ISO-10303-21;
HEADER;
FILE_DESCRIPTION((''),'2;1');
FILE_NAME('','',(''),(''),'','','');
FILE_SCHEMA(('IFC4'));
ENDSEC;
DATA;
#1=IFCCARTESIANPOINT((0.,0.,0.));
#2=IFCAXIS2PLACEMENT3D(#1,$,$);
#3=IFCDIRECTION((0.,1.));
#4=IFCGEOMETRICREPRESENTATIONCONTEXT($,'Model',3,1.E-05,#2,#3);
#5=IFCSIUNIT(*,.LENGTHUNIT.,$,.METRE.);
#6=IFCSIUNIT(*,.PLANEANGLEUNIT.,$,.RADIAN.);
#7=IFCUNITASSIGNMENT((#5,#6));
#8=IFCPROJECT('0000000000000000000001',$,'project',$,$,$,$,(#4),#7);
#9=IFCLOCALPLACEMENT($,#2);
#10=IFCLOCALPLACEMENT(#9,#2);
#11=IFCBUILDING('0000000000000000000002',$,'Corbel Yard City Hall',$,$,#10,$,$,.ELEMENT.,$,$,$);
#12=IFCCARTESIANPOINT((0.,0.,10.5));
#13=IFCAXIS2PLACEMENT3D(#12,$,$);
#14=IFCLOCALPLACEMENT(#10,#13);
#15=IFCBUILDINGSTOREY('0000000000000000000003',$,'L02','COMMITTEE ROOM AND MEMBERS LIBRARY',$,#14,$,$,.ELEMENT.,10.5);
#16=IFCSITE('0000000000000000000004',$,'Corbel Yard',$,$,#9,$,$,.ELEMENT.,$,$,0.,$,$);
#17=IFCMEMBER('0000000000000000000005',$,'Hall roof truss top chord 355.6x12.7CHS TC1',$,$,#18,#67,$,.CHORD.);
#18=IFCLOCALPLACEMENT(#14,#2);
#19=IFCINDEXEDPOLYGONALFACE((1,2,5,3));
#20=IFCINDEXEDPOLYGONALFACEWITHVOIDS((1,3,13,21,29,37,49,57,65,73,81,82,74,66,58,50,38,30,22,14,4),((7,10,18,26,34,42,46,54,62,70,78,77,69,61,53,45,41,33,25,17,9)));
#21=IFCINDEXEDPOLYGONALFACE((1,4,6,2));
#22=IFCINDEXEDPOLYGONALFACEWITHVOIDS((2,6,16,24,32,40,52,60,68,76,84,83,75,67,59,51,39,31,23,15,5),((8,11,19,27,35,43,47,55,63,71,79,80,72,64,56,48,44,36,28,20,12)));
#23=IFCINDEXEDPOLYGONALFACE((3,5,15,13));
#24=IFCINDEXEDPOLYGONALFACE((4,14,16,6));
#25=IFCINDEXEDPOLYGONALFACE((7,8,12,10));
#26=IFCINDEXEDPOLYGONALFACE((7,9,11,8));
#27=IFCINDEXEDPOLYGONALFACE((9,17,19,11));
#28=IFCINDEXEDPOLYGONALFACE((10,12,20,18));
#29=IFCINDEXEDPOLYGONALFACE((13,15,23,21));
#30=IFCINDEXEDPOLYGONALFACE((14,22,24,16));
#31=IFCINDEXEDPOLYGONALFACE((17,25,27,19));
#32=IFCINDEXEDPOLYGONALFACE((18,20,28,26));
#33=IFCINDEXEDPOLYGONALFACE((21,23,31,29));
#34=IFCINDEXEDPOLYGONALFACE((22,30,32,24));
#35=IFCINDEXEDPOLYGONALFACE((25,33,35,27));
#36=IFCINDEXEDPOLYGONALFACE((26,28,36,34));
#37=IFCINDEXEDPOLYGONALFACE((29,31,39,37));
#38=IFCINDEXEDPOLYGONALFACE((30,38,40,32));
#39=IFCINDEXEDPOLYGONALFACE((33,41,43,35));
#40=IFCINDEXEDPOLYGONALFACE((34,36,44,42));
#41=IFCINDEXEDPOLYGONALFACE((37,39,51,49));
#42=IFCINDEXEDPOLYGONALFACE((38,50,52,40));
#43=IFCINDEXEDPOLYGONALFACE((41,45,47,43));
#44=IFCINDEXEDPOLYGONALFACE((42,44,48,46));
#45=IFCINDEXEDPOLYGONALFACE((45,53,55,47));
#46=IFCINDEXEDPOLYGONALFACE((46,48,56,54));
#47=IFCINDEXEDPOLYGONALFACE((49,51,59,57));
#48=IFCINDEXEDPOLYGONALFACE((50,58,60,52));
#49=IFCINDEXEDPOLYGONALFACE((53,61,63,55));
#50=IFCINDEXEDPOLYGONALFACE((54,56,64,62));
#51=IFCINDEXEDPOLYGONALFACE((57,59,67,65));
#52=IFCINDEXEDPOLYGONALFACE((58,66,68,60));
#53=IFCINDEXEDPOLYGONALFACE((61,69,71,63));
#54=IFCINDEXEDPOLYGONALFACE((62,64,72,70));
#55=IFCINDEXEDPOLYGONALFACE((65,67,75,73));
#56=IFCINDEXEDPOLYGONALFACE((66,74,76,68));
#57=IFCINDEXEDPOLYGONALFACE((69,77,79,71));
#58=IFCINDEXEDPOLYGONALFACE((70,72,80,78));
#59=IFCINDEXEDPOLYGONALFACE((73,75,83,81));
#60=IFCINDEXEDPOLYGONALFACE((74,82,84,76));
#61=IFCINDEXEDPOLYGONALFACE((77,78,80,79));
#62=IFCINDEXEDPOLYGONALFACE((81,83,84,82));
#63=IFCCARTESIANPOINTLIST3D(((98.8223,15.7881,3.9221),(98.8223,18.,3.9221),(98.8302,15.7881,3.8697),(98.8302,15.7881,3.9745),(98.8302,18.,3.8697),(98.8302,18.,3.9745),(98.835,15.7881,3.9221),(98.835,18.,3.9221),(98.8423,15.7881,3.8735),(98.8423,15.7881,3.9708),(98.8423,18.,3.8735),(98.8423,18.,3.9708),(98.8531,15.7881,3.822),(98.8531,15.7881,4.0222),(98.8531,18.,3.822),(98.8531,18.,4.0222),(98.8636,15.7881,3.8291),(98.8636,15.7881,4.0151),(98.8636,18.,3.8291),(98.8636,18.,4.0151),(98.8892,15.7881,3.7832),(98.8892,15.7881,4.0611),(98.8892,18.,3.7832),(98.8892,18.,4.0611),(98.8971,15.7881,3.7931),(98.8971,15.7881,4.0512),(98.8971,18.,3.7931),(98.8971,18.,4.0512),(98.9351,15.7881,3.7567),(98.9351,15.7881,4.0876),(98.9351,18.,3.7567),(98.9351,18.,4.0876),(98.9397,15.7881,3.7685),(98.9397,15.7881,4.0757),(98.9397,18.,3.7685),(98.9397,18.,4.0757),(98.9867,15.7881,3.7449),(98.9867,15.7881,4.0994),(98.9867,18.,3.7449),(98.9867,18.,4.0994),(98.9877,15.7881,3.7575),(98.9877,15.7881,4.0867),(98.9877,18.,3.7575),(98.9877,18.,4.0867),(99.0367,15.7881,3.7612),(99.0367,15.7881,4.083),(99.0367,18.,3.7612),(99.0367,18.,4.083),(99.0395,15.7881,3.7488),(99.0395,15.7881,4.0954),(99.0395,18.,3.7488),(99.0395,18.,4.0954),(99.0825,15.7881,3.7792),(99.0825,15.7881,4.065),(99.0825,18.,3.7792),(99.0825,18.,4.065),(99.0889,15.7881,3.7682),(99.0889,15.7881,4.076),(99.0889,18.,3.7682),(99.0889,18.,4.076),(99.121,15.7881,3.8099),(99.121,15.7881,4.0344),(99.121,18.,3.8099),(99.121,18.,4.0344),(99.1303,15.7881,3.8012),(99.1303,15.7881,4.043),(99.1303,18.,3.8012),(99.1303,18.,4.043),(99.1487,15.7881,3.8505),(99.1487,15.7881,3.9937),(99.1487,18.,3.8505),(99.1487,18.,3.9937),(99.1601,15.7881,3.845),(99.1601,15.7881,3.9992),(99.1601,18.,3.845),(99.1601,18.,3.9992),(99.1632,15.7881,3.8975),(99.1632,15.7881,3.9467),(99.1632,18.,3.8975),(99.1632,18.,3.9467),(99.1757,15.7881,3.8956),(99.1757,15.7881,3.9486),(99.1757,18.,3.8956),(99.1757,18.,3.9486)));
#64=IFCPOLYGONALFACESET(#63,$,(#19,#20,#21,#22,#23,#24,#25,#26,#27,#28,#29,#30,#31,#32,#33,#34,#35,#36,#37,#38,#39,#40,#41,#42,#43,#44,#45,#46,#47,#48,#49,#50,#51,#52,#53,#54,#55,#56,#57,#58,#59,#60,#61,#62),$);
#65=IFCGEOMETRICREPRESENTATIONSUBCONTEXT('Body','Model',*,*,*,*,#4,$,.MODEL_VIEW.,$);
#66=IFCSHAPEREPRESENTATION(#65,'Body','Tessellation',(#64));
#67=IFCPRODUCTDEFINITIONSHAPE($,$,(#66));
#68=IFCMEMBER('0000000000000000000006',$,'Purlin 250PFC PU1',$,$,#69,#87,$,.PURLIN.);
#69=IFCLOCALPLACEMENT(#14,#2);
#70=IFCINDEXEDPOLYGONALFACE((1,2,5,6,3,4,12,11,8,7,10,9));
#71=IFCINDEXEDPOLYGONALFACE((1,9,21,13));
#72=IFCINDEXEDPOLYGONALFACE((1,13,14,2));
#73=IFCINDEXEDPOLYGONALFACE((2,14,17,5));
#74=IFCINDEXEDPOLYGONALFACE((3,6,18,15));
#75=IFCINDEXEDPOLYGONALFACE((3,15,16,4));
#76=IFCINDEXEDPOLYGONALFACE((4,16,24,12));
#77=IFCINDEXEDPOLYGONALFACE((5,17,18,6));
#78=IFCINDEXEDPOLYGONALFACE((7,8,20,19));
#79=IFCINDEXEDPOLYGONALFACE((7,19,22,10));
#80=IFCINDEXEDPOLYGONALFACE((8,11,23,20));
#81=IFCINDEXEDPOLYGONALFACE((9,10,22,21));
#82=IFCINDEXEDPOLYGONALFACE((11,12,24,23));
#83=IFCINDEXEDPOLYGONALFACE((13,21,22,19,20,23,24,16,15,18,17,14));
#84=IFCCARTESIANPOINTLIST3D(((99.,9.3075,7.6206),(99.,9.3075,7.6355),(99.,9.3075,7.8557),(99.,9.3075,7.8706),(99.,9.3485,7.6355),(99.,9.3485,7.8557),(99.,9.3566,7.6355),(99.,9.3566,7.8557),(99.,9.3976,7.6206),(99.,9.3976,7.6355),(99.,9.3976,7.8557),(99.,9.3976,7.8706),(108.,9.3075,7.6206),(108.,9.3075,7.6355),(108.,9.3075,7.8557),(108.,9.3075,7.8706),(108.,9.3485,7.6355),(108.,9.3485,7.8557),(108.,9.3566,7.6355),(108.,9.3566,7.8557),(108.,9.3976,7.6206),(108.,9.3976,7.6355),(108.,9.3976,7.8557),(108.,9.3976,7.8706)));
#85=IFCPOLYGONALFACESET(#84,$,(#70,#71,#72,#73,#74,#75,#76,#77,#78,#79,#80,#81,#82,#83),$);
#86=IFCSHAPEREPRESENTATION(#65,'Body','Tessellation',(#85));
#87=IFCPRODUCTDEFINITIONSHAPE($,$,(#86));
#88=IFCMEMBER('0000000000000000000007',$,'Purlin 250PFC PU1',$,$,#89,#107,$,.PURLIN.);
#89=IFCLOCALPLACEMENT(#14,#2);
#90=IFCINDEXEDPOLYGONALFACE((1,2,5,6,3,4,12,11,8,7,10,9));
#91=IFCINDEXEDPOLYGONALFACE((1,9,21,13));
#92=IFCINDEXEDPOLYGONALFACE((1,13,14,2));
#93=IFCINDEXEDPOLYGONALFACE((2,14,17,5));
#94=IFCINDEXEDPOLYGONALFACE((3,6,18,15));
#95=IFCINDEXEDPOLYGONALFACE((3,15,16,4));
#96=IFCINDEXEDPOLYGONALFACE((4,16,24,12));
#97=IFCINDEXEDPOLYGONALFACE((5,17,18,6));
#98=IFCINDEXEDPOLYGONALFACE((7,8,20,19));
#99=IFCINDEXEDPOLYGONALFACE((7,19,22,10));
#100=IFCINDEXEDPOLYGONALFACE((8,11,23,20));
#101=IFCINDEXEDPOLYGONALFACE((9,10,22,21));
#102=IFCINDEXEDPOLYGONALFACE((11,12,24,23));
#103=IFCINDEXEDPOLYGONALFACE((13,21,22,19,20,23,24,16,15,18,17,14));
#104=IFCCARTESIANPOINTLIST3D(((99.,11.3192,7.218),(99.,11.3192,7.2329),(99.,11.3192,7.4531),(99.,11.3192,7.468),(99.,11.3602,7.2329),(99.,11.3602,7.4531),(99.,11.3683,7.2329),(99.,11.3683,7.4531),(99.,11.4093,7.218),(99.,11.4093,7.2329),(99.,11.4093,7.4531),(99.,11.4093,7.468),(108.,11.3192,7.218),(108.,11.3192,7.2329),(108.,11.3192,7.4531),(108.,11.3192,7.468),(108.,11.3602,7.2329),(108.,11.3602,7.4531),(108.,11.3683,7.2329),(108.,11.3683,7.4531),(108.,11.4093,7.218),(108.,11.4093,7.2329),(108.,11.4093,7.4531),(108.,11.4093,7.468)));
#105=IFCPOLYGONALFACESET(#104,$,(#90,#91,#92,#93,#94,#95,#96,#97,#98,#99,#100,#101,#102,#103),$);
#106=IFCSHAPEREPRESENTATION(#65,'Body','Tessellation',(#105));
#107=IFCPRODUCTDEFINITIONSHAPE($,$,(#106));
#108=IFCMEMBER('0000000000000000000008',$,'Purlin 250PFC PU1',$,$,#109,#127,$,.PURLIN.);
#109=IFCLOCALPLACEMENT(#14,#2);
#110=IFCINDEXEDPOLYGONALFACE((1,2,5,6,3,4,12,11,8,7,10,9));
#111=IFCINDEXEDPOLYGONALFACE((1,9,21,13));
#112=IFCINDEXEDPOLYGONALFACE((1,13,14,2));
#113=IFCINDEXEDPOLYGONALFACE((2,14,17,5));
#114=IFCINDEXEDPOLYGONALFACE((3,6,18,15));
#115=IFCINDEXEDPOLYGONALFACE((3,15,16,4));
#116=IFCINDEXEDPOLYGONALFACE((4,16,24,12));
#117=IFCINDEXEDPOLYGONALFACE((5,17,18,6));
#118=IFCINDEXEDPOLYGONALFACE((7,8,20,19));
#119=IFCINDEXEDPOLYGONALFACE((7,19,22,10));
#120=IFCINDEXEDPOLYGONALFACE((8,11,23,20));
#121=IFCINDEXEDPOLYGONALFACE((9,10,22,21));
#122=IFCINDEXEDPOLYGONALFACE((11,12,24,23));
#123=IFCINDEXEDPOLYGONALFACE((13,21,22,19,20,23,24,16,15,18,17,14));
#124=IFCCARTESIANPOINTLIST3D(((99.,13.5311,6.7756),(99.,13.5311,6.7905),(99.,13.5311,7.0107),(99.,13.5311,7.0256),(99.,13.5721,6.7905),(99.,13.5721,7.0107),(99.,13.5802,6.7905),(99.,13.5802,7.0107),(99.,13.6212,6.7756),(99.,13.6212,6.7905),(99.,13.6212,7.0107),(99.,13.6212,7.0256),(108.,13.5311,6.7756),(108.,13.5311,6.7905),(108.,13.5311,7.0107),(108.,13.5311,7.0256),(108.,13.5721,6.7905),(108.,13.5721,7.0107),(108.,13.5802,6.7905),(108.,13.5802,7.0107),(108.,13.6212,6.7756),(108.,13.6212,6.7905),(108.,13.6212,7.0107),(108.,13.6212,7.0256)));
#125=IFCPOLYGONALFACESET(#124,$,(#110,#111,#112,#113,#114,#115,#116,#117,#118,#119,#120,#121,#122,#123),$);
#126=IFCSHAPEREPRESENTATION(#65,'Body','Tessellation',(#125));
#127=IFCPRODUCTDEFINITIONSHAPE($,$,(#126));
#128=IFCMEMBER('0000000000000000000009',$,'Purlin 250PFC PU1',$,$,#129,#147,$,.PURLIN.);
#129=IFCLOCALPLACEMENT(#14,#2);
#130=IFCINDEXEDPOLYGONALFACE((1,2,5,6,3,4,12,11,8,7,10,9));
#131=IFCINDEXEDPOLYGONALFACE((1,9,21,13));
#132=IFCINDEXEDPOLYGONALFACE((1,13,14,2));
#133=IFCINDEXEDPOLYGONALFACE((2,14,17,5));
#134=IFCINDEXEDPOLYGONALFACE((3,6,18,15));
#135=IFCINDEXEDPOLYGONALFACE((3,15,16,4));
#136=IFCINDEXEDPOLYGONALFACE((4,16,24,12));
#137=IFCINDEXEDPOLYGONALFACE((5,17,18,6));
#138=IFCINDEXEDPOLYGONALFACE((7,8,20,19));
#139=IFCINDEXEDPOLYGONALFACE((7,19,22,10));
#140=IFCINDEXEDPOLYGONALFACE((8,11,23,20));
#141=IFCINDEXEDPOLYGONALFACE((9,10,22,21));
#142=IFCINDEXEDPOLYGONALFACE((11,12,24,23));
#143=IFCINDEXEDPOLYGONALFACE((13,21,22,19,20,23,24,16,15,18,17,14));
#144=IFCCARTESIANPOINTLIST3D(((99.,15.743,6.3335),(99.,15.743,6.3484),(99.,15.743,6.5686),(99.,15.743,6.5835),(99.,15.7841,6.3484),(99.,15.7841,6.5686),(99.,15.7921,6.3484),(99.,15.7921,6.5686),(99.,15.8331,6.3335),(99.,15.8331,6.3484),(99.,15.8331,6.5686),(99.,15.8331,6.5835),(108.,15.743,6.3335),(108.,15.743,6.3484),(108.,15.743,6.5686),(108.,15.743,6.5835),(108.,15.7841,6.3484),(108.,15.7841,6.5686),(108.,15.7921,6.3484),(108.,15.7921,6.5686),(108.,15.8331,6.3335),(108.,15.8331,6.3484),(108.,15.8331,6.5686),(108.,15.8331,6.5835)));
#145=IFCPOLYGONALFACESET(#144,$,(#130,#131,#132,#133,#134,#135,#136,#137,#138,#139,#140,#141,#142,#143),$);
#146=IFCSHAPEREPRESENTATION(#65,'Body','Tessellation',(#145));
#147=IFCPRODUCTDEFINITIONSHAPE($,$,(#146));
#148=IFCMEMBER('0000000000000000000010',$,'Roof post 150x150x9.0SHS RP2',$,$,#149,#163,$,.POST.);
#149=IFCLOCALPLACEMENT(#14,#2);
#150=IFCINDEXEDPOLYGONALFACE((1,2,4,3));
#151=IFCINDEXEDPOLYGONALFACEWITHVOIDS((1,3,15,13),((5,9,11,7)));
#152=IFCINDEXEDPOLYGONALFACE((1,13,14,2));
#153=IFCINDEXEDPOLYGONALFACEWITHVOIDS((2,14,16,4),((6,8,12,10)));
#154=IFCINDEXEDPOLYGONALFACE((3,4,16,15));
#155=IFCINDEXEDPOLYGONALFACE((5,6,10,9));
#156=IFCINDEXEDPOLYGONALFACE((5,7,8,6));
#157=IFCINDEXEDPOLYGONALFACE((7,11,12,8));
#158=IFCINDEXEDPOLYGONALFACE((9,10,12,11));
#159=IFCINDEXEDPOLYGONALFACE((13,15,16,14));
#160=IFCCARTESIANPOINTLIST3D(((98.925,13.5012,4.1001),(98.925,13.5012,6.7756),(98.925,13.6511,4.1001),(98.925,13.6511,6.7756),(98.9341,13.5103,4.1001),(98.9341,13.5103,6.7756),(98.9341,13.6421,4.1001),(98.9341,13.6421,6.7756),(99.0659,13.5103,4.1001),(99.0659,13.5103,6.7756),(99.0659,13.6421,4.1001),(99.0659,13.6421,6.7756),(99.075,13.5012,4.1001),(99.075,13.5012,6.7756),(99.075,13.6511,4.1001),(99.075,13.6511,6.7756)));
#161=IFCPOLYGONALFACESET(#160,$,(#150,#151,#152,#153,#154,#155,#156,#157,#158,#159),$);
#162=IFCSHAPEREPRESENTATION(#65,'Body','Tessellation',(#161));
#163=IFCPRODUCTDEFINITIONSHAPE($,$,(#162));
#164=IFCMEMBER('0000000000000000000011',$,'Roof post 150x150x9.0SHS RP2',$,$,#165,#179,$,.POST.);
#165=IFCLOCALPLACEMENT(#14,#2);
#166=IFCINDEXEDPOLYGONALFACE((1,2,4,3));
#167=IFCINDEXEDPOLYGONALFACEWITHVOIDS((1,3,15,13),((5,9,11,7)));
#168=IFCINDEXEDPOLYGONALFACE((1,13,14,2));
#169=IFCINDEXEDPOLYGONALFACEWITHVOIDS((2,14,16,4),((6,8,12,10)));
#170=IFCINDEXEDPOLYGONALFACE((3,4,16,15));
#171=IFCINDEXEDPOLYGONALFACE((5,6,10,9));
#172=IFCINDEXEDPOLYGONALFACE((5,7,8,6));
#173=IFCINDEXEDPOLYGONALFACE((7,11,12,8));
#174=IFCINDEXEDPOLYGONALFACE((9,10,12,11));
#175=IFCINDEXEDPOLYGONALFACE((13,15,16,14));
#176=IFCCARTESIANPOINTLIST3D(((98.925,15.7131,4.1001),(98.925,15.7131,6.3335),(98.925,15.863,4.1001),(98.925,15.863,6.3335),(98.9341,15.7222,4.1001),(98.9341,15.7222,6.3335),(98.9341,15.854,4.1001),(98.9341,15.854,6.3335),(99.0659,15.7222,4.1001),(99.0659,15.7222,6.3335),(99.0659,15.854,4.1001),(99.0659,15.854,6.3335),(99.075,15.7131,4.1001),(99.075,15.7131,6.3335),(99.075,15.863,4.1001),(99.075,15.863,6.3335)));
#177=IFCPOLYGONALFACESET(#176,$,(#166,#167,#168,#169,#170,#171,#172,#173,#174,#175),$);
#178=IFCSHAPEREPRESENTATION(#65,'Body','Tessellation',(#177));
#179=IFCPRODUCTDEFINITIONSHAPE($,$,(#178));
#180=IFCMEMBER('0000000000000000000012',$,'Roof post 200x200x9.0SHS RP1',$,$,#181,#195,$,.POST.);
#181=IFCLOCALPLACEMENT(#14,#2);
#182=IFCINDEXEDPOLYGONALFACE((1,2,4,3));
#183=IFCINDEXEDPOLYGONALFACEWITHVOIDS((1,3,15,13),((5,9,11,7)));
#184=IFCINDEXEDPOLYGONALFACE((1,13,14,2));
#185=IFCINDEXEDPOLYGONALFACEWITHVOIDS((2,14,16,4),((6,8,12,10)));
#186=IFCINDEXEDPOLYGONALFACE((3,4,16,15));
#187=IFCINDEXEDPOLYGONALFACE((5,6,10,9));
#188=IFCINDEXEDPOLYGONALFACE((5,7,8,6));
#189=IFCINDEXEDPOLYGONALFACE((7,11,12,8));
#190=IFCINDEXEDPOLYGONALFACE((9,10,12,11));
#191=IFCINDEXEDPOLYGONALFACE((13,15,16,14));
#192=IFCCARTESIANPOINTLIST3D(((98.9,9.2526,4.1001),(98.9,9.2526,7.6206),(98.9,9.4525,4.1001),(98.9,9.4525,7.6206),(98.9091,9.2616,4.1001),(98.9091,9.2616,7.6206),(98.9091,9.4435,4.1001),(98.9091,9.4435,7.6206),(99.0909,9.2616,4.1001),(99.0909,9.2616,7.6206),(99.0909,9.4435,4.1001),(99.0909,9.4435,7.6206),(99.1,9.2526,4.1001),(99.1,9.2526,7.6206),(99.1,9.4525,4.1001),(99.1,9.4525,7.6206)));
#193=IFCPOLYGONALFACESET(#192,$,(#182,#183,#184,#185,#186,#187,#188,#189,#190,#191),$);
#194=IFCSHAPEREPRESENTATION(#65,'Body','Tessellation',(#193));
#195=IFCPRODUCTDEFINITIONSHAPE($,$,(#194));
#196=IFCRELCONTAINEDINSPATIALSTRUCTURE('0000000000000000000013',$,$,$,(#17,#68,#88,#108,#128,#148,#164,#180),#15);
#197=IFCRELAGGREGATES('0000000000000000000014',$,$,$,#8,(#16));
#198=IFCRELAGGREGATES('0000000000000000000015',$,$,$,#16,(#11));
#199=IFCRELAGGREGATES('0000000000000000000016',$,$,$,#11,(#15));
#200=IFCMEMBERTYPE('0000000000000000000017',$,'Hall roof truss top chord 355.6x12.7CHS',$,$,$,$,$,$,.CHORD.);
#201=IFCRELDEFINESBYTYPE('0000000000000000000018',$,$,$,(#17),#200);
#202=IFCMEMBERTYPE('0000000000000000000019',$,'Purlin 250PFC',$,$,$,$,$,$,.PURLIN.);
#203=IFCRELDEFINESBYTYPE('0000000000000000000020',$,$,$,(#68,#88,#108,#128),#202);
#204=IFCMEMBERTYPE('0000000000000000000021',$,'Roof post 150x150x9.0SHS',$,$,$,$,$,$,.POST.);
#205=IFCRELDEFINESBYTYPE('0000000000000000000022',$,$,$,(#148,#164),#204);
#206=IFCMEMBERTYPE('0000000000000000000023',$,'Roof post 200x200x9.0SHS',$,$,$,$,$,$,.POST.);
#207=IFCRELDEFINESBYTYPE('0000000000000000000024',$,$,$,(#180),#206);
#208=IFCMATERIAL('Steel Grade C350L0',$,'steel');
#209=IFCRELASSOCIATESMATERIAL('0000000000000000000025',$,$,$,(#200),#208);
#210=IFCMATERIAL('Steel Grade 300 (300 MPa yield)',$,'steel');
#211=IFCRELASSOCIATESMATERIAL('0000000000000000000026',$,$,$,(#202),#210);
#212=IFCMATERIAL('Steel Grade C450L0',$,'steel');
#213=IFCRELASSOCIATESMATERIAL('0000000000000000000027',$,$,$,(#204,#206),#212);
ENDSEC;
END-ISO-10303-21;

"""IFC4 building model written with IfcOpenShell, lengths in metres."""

from ifc_helpers import new_model, si_unit, direction, frame, origin, origin_2d, place, context, subcontext, project, spatial, hollow_rectangle, hollow_circle, i_section, extrude, material, material_profile, profile_set, type_object, element, save


model = new_model("IFC4")

# Units and contexts
model_context = context("Model", 3, precision=1e-05, world=origin(), true_north=direction((0.0, 1.0)))
body_context = subcontext(model_context, "Body", "Model", "MODEL_VIEW")
ifc_project = project(units=[si_unit("LENGTHUNIT", "METRE"), si_unit("PLANEANGLEUNIT", "RADIAN")], contexts=[model_context])

# Site, building, storey
site_placement = place(None, origin())
site = spatial("IfcSite", under=ifc_project, at=site_placement, Name="Corbel Yard", CompositionType="ELEMENT", RefElevation=0.0)
building_placement = place(site_placement, origin())
building = spatial("IfcBuilding", under=site, at=building_placement, Name="Corbel Yard City Hall", CompositionType="ELEMENT")
storey_placement = place(building_placement, frame((0.0, 0.0, 10.5)))
storey = spatial("IfcBuildingStorey", under=building, at=storey_placement, Name="L02", Description="COMMITTEE ROOM AND MEMBERS LIBRARY", CompositionType="ELEMENT", Elevation=10.5)

# Shared definitions
ifc_material_1 = material(Name="Steel Grade 300 (300 MPa yield)", Category="steel")

# Shared definitions
ifc_material_2 = material(Name="Steel Grade C350L0", Category="steel")

# Members
ifc_material_profile_1 = material_profile(ifc_material_2, hollow_circle(Radius=0.1777, WallThickness=0.0127, at=origin_2d()), Name="355.6x12.7CHS")
ifc_profile_set_1 = profile_set([ifc_material_profile_1], Name="Steel Grade C350L0")
member_type_1 = type_object("IfcMemberType", Name="Hall roof truss top chord 355.6x12.7CHS", PredefinedType="CHORD", material=ifc_profile_set_1)
for number, where, z_axis, x_axis, name in (
    (1, (99.0, 15.7881, 3.9221), (0.0, 1.0, 0.0), (-1.0, 0.0, 0.0), "Hall roof truss top chord 355.6x12.7CHS TC1"),
):
    element("IfcMember", number, at=place(storey_placement, frame(where, z_axis=z_axis, x_axis=x_axis)), inside=storey, type_object=member_type_1, Name=name, PredefinedType="CHORD", context=body_context, shape_type="SweptSolid", body=[
        extrude(hollow_circle(Radius=0.1777, WallThickness=0.0127, at=origin_2d()), origin(), (0.0, 0.0, 1.0), 2.2119),
    ])
ifc_material_profile_2 = material_profile(ifc_material_1, i_section(OverallWidth=0.0901, OverallDepth=0.25, WebThickness=0.0081, FlangeThickness=0.0149, at=origin_2d()), Name="250PFC")
ifc_profile_set_2 = profile_set([ifc_material_profile_2], Name="Steel Grade 300 (300 MPa yield)")
member_type_2 = type_object("IfcMemberType", Name="Purlin 250PFC", PredefinedType="PURLIN", material=ifc_profile_set_2)
for number, where, z_axis, x_axis, name in (
    (2, (99.0, 9.3525, 7.7456), (1.0, 0.0, 0.0), (0.0, 1.0, 0.0), "Purlin 250PFC PU1"),
    (3, (99.0, 11.3643, 7.343), (1.0, 0.0, 0.0), (0.0, 1.0, 0.0), "Purlin 250PFC PU1"),
    (4, (99.0, 13.5762, 6.9006), (1.0, 0.0, 0.0), (0.0, 1.0, 0.0), "Purlin 250PFC PU1"),
    (5, (99.0, 15.7881, 6.4585), (1.0, 0.0, 0.0), (0.0, 1.0, 0.0), "Purlin 250PFC PU1"),
):
    element("IfcMember", number, at=place(storey_placement, frame(where, z_axis=z_axis, x_axis=x_axis)), inside=storey, type_object=member_type_2, Name=name, PredefinedType="PURLIN", context=body_context, shape_type="SweptSolid", body=[
        extrude(i_section(OverallWidth=0.0901, OverallDepth=0.25, WebThickness=0.0081, FlangeThickness=0.0149, at=origin_2d()), origin(), (0.0, 0.0, 1.0), 9.0),
    ])
ifc_material_3 = material(Name="Steel Grade C450L0", Category="steel")
ifc_material_profile_3 = material_profile(ifc_material_3, hollow_rectangle(XDim=0.1499, YDim=0.1499, WallThickness=0.009, at=origin_2d()), Name="150x150x9.0SHS")
ifc_profile_set_3 = profile_set([ifc_material_profile_3], Name="Steel Grade C450L0")
member_type_3 = type_object("IfcMemberType", Name="Roof post 150x150x9.0SHS", PredefinedType="POST", material=ifc_profile_set_3)
member_1_placement = place(storey_placement, frame((99.0, 13.5762, 4.1001), z_axis=(0.0, 0.0, 1.0), x_axis=(1.0, 0.0, 0.0)))
element("IfcMember", 6, at=member_1_placement, inside=storey, type_object=member_type_3, Name="Roof post 150x150x9.0SHS RP2", PredefinedType="POST", context=body_context, shape_type="SweptSolid", body=[
    extrude(hollow_rectangle(XDim=0.1499, YDim=0.1499, WallThickness=0.009, at=origin_2d()), origin(), (0.0, 0.0, 1.0), 2.6755),
])
member_2_placement = place(storey_placement, frame((99.0, 15.7881, 4.1001), z_axis=(0.0, 0.0, 1.0), x_axis=(1.0, 0.0, 0.0)))
element("IfcMember", 7, at=member_2_placement, inside=storey, type_object=member_type_3, Name="Roof post 150x150x9.0SHS RP2", PredefinedType="POST", context=body_context, shape_type="SweptSolid", body=[
    extrude(hollow_rectangle(XDim=0.1499, YDim=0.1499, WallThickness=0.009, at=origin_2d()), origin(), (0.0, 0.0, 1.0), 2.2334),
])
ifc_material_profile_4 = material_profile(ifc_material_3, hollow_rectangle(XDim=0.2, YDim=0.2, WallThickness=0.009, at=origin_2d()), Name="200x200x9.0SHS")
ifc_profile_set_4 = profile_set([ifc_material_profile_4], Name="Steel Grade C450L0")
member_type_4 = type_object("IfcMemberType", Name="Roof post 200x200x9.0SHS", PredefinedType="POST", material=ifc_profile_set_4)
member_3_placement = place(storey_placement, frame((99.0, 9.3525, 4.1001), z_axis=(0.0, 0.0, 1.0), x_axis=(1.0, 0.0, 0.0)))
element("IfcMember", 8, at=member_3_placement, inside=storey, type_object=member_type_4, Name="Roof post 200x200x9.0SHS RP1", PredefinedType="POST", context=body_context, shape_type="SweptSolid", body=[
    extrude(hollow_rectangle(XDim=0.2, YDim=0.2, WallThickness=0.009, at=origin_2d()), origin(), (0.0, 0.0, 1.0), 3.5205),
])

save(model, "model.ifc")
